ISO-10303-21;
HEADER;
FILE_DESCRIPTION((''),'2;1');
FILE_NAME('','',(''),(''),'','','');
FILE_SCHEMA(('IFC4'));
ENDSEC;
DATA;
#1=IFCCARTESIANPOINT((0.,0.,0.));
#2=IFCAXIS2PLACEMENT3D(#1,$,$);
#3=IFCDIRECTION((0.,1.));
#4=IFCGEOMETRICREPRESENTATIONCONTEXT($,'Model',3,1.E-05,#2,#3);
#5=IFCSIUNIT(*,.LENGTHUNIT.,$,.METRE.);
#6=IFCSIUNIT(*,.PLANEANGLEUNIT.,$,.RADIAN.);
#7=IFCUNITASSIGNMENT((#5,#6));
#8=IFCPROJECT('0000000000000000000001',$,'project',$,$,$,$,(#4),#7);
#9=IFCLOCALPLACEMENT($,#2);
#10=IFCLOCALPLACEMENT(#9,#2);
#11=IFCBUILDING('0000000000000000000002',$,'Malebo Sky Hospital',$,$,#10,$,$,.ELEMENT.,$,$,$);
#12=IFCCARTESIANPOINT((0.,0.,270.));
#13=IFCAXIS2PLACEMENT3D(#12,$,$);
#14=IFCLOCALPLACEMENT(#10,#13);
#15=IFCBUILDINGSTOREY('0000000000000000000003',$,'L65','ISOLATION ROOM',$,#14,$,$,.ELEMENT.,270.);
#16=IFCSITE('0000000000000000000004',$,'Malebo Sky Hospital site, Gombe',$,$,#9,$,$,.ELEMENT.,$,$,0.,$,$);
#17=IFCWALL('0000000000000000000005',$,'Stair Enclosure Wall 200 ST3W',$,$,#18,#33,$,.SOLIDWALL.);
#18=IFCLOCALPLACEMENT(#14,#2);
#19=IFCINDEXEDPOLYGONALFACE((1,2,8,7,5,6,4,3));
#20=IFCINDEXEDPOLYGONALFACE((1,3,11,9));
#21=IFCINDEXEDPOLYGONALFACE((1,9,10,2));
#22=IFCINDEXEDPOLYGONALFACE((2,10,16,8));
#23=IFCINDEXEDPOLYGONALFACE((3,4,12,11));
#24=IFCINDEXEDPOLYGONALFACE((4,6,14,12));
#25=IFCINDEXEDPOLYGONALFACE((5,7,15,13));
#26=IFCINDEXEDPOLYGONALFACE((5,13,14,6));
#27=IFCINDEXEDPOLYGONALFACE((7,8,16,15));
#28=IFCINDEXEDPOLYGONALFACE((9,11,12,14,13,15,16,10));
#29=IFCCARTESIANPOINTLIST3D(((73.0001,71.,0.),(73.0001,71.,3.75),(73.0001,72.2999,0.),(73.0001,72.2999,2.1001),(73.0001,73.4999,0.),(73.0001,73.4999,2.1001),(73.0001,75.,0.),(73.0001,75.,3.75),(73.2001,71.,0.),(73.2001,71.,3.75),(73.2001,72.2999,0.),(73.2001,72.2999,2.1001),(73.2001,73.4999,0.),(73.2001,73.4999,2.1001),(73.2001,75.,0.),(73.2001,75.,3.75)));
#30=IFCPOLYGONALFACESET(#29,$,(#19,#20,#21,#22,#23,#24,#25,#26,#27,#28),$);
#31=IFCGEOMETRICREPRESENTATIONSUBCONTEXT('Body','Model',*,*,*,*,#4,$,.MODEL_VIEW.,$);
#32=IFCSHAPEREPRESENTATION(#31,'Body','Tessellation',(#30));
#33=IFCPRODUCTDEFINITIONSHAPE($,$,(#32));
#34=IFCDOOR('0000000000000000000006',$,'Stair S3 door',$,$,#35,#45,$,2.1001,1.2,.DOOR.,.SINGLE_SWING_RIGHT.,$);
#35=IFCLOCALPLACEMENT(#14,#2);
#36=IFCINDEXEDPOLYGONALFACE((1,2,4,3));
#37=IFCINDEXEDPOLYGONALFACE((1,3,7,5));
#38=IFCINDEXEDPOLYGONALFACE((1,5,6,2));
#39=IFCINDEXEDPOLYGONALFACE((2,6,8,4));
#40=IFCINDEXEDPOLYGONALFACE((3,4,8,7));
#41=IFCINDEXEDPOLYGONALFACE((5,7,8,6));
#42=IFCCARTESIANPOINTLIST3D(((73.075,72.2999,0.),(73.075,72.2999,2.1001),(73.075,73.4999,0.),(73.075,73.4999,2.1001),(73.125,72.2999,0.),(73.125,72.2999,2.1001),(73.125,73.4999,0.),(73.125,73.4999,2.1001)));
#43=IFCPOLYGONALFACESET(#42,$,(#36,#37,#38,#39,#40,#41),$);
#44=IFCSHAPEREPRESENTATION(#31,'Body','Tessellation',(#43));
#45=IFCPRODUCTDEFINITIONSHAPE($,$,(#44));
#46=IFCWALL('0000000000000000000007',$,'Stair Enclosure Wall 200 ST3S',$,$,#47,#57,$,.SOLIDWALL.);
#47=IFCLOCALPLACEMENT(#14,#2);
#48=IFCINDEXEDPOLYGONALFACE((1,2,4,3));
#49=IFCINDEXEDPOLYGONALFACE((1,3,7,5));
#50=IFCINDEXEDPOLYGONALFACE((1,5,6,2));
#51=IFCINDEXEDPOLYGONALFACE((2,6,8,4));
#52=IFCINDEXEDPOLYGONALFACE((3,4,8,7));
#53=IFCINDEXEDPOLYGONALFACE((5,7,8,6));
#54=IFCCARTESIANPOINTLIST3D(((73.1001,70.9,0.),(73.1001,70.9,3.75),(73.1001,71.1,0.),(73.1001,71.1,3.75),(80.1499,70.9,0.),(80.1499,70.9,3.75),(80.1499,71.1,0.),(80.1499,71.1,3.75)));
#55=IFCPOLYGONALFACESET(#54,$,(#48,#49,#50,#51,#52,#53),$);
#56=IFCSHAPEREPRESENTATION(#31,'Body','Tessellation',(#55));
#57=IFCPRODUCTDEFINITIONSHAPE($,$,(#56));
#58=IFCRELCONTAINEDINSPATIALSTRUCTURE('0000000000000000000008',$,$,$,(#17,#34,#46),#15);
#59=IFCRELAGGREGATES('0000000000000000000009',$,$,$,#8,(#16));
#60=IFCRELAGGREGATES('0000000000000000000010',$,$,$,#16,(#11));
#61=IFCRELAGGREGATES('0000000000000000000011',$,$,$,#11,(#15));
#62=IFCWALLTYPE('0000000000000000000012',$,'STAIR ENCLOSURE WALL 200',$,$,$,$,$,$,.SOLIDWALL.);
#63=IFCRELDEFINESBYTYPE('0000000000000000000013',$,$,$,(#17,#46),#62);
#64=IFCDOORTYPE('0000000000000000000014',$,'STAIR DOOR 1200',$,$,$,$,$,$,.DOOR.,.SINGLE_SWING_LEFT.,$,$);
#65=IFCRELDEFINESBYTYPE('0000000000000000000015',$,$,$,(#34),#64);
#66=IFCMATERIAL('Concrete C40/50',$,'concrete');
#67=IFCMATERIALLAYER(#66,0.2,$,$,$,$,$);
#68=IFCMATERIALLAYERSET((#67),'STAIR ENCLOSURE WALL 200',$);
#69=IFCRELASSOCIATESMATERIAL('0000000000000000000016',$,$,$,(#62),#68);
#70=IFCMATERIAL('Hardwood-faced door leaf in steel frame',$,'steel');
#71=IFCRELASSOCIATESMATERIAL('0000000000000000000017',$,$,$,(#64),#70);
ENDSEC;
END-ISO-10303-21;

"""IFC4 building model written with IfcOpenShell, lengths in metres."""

from ifc_helpers import new_model, si_unit, direction, frame, frame_2d, origin, place, context, subcontext, project, spatial, rectangle, extrude, material, layer, layer_set, type_object, element, fill, save


model = new_model("IFC4")

# Units and contexts
model_context = context("Model", 3, precision=1e-05, world=origin(), true_north=direction((0.0, 1.0)))
body_context = subcontext(model_context, "Body", "Model", "MODEL_VIEW")
ifc_project = project(units=[si_unit("LENGTHUNIT", "METRE"), si_unit("PLANEANGLEUNIT", "RADIAN")], contexts=[model_context])

# Site, building, storey
site_placement = place(None, origin())
site = spatial("IfcSite", under=ifc_project, at=site_placement, Name="Malebo Sky Hospital site, Gombe", CompositionType="ELEMENT", RefElevation=0.0)
building_placement = place(site_placement, origin())
building = spatial("IfcBuilding", under=site, at=building_placement, Name="Malebo Sky Hospital", CompositionType="ELEMENT")
storey_placement = place(building_placement, frame((0.0, 0.0, 270.0)))
storey = spatial("IfcBuildingStorey", under=building, at=storey_placement, Name="L65", Description="ISOLATION ROOM", CompositionType="ELEMENT", Elevation=270.0)

# Shared definitions
ifc_material_1 = material(Name="Hardwood-faced door leaf in steel frame", Category="steel")

# Wall, opening, door
ifc_material_2 = material(Name="Concrete C40/50", Category="concrete")
ifc_layer_1 = layer(ifc_material_2, 0.2)
ifc_layer_set_1 = layer_set([ifc_layer_1], Name="STAIR ENCLOSURE WALL 200")
wall_type_1 = type_object("IfcWallType", Name="STAIR ENCLOSURE WALL 200", PredefinedType="SOLIDWALL", material=ifc_layer_set_1)
wall_1_placement = place(storey_placement, frame((73.1001, 75.0, 0.0), z_axis=(0.0, 0.0, 1.0), x_axis=(0.0, -1.0, 0.0)))
wall_1 = element("IfcWall", 1, at=wall_1_placement, inside=storey, type_object=wall_type_1, Name="Stair Enclosure Wall 200 ST3W", PredefinedType="SOLIDWALL", context=body_context, shape_type="SweptSolid", body=[
    extrude(rectangle(XDim=4.0, YDim=0.2, at=frame_2d((2.0, 0.0))), origin(), (0.0, 0.0, 1.0), 3.75),
])
opening_1_placement = place(wall_1_placement, frame((1.5, 0.0, 0.0)))
opening_1 = element("IfcOpeningElement", 2, at=opening_1_placement, cuts=wall_1, PredefinedType="OPENING", context=body_context, shape_type="SweptSolid", body=[
    extrude(rectangle(XDim=1.2, YDim=2.1001, at=frame_2d((0.6001, 1.05))), frame((0.0, 0.1099, 0.0), z_axis=(0.0, -1.0, 0.0), x_axis=(1.0, 0.0, 0.0)), (0.0, 0.0, 1.0), 0.22),
])
door_type_1 = type_object("IfcDoorType", Name="STAIR DOOR 1200", OperationType="SINGLE_SWING_LEFT", PredefinedType="DOOR", material=ifc_material_1)
door_1_placement = place(opening_1_placement, origin())
door_1 = element("IfcDoor", 3, at=door_1_placement, inside=storey, type_object=door_type_1, Name="Stair S3 door", OperationType="SINGLE_SWING_RIGHT", OverallHeight=2.1001, OverallWidth=1.2, PredefinedType="DOOR", context=body_context, shape_type="SweptSolid", body=[
    extrude(rectangle(XDim=1.2, YDim=2.1001, at=frame_2d((0.6001, 1.05))), frame((0.0, 0.0249, 0.0), z_axis=(0.0, -1.0, 0.0), x_axis=(1.0, 0.0, 0.0)), (0.0, 0.0, 1.0), 0.05),
])
fill(opening_1, door_1)

# Wall
wall_2_placement = place(storey_placement, frame((73.1001, 71.0, 0.0), z_axis=(0.0, 0.0, 1.0), x_axis=(1.0, 0.0, 0.0)))
element("IfcWall", 4, at=wall_2_placement, inside=storey, type_object=wall_type_1, Name="Stair Enclosure Wall 200 ST3S", PredefinedType="SOLIDWALL", context=body_context, shape_type="SweptSolid", body=[
    extrude(rectangle(XDim=7.0498, YDim=0.2, at=frame_2d((3.5249, 0.0))), origin(), (0.0, 0.0, 1.0), 3.75),
])

save(model, "model.ifc")
